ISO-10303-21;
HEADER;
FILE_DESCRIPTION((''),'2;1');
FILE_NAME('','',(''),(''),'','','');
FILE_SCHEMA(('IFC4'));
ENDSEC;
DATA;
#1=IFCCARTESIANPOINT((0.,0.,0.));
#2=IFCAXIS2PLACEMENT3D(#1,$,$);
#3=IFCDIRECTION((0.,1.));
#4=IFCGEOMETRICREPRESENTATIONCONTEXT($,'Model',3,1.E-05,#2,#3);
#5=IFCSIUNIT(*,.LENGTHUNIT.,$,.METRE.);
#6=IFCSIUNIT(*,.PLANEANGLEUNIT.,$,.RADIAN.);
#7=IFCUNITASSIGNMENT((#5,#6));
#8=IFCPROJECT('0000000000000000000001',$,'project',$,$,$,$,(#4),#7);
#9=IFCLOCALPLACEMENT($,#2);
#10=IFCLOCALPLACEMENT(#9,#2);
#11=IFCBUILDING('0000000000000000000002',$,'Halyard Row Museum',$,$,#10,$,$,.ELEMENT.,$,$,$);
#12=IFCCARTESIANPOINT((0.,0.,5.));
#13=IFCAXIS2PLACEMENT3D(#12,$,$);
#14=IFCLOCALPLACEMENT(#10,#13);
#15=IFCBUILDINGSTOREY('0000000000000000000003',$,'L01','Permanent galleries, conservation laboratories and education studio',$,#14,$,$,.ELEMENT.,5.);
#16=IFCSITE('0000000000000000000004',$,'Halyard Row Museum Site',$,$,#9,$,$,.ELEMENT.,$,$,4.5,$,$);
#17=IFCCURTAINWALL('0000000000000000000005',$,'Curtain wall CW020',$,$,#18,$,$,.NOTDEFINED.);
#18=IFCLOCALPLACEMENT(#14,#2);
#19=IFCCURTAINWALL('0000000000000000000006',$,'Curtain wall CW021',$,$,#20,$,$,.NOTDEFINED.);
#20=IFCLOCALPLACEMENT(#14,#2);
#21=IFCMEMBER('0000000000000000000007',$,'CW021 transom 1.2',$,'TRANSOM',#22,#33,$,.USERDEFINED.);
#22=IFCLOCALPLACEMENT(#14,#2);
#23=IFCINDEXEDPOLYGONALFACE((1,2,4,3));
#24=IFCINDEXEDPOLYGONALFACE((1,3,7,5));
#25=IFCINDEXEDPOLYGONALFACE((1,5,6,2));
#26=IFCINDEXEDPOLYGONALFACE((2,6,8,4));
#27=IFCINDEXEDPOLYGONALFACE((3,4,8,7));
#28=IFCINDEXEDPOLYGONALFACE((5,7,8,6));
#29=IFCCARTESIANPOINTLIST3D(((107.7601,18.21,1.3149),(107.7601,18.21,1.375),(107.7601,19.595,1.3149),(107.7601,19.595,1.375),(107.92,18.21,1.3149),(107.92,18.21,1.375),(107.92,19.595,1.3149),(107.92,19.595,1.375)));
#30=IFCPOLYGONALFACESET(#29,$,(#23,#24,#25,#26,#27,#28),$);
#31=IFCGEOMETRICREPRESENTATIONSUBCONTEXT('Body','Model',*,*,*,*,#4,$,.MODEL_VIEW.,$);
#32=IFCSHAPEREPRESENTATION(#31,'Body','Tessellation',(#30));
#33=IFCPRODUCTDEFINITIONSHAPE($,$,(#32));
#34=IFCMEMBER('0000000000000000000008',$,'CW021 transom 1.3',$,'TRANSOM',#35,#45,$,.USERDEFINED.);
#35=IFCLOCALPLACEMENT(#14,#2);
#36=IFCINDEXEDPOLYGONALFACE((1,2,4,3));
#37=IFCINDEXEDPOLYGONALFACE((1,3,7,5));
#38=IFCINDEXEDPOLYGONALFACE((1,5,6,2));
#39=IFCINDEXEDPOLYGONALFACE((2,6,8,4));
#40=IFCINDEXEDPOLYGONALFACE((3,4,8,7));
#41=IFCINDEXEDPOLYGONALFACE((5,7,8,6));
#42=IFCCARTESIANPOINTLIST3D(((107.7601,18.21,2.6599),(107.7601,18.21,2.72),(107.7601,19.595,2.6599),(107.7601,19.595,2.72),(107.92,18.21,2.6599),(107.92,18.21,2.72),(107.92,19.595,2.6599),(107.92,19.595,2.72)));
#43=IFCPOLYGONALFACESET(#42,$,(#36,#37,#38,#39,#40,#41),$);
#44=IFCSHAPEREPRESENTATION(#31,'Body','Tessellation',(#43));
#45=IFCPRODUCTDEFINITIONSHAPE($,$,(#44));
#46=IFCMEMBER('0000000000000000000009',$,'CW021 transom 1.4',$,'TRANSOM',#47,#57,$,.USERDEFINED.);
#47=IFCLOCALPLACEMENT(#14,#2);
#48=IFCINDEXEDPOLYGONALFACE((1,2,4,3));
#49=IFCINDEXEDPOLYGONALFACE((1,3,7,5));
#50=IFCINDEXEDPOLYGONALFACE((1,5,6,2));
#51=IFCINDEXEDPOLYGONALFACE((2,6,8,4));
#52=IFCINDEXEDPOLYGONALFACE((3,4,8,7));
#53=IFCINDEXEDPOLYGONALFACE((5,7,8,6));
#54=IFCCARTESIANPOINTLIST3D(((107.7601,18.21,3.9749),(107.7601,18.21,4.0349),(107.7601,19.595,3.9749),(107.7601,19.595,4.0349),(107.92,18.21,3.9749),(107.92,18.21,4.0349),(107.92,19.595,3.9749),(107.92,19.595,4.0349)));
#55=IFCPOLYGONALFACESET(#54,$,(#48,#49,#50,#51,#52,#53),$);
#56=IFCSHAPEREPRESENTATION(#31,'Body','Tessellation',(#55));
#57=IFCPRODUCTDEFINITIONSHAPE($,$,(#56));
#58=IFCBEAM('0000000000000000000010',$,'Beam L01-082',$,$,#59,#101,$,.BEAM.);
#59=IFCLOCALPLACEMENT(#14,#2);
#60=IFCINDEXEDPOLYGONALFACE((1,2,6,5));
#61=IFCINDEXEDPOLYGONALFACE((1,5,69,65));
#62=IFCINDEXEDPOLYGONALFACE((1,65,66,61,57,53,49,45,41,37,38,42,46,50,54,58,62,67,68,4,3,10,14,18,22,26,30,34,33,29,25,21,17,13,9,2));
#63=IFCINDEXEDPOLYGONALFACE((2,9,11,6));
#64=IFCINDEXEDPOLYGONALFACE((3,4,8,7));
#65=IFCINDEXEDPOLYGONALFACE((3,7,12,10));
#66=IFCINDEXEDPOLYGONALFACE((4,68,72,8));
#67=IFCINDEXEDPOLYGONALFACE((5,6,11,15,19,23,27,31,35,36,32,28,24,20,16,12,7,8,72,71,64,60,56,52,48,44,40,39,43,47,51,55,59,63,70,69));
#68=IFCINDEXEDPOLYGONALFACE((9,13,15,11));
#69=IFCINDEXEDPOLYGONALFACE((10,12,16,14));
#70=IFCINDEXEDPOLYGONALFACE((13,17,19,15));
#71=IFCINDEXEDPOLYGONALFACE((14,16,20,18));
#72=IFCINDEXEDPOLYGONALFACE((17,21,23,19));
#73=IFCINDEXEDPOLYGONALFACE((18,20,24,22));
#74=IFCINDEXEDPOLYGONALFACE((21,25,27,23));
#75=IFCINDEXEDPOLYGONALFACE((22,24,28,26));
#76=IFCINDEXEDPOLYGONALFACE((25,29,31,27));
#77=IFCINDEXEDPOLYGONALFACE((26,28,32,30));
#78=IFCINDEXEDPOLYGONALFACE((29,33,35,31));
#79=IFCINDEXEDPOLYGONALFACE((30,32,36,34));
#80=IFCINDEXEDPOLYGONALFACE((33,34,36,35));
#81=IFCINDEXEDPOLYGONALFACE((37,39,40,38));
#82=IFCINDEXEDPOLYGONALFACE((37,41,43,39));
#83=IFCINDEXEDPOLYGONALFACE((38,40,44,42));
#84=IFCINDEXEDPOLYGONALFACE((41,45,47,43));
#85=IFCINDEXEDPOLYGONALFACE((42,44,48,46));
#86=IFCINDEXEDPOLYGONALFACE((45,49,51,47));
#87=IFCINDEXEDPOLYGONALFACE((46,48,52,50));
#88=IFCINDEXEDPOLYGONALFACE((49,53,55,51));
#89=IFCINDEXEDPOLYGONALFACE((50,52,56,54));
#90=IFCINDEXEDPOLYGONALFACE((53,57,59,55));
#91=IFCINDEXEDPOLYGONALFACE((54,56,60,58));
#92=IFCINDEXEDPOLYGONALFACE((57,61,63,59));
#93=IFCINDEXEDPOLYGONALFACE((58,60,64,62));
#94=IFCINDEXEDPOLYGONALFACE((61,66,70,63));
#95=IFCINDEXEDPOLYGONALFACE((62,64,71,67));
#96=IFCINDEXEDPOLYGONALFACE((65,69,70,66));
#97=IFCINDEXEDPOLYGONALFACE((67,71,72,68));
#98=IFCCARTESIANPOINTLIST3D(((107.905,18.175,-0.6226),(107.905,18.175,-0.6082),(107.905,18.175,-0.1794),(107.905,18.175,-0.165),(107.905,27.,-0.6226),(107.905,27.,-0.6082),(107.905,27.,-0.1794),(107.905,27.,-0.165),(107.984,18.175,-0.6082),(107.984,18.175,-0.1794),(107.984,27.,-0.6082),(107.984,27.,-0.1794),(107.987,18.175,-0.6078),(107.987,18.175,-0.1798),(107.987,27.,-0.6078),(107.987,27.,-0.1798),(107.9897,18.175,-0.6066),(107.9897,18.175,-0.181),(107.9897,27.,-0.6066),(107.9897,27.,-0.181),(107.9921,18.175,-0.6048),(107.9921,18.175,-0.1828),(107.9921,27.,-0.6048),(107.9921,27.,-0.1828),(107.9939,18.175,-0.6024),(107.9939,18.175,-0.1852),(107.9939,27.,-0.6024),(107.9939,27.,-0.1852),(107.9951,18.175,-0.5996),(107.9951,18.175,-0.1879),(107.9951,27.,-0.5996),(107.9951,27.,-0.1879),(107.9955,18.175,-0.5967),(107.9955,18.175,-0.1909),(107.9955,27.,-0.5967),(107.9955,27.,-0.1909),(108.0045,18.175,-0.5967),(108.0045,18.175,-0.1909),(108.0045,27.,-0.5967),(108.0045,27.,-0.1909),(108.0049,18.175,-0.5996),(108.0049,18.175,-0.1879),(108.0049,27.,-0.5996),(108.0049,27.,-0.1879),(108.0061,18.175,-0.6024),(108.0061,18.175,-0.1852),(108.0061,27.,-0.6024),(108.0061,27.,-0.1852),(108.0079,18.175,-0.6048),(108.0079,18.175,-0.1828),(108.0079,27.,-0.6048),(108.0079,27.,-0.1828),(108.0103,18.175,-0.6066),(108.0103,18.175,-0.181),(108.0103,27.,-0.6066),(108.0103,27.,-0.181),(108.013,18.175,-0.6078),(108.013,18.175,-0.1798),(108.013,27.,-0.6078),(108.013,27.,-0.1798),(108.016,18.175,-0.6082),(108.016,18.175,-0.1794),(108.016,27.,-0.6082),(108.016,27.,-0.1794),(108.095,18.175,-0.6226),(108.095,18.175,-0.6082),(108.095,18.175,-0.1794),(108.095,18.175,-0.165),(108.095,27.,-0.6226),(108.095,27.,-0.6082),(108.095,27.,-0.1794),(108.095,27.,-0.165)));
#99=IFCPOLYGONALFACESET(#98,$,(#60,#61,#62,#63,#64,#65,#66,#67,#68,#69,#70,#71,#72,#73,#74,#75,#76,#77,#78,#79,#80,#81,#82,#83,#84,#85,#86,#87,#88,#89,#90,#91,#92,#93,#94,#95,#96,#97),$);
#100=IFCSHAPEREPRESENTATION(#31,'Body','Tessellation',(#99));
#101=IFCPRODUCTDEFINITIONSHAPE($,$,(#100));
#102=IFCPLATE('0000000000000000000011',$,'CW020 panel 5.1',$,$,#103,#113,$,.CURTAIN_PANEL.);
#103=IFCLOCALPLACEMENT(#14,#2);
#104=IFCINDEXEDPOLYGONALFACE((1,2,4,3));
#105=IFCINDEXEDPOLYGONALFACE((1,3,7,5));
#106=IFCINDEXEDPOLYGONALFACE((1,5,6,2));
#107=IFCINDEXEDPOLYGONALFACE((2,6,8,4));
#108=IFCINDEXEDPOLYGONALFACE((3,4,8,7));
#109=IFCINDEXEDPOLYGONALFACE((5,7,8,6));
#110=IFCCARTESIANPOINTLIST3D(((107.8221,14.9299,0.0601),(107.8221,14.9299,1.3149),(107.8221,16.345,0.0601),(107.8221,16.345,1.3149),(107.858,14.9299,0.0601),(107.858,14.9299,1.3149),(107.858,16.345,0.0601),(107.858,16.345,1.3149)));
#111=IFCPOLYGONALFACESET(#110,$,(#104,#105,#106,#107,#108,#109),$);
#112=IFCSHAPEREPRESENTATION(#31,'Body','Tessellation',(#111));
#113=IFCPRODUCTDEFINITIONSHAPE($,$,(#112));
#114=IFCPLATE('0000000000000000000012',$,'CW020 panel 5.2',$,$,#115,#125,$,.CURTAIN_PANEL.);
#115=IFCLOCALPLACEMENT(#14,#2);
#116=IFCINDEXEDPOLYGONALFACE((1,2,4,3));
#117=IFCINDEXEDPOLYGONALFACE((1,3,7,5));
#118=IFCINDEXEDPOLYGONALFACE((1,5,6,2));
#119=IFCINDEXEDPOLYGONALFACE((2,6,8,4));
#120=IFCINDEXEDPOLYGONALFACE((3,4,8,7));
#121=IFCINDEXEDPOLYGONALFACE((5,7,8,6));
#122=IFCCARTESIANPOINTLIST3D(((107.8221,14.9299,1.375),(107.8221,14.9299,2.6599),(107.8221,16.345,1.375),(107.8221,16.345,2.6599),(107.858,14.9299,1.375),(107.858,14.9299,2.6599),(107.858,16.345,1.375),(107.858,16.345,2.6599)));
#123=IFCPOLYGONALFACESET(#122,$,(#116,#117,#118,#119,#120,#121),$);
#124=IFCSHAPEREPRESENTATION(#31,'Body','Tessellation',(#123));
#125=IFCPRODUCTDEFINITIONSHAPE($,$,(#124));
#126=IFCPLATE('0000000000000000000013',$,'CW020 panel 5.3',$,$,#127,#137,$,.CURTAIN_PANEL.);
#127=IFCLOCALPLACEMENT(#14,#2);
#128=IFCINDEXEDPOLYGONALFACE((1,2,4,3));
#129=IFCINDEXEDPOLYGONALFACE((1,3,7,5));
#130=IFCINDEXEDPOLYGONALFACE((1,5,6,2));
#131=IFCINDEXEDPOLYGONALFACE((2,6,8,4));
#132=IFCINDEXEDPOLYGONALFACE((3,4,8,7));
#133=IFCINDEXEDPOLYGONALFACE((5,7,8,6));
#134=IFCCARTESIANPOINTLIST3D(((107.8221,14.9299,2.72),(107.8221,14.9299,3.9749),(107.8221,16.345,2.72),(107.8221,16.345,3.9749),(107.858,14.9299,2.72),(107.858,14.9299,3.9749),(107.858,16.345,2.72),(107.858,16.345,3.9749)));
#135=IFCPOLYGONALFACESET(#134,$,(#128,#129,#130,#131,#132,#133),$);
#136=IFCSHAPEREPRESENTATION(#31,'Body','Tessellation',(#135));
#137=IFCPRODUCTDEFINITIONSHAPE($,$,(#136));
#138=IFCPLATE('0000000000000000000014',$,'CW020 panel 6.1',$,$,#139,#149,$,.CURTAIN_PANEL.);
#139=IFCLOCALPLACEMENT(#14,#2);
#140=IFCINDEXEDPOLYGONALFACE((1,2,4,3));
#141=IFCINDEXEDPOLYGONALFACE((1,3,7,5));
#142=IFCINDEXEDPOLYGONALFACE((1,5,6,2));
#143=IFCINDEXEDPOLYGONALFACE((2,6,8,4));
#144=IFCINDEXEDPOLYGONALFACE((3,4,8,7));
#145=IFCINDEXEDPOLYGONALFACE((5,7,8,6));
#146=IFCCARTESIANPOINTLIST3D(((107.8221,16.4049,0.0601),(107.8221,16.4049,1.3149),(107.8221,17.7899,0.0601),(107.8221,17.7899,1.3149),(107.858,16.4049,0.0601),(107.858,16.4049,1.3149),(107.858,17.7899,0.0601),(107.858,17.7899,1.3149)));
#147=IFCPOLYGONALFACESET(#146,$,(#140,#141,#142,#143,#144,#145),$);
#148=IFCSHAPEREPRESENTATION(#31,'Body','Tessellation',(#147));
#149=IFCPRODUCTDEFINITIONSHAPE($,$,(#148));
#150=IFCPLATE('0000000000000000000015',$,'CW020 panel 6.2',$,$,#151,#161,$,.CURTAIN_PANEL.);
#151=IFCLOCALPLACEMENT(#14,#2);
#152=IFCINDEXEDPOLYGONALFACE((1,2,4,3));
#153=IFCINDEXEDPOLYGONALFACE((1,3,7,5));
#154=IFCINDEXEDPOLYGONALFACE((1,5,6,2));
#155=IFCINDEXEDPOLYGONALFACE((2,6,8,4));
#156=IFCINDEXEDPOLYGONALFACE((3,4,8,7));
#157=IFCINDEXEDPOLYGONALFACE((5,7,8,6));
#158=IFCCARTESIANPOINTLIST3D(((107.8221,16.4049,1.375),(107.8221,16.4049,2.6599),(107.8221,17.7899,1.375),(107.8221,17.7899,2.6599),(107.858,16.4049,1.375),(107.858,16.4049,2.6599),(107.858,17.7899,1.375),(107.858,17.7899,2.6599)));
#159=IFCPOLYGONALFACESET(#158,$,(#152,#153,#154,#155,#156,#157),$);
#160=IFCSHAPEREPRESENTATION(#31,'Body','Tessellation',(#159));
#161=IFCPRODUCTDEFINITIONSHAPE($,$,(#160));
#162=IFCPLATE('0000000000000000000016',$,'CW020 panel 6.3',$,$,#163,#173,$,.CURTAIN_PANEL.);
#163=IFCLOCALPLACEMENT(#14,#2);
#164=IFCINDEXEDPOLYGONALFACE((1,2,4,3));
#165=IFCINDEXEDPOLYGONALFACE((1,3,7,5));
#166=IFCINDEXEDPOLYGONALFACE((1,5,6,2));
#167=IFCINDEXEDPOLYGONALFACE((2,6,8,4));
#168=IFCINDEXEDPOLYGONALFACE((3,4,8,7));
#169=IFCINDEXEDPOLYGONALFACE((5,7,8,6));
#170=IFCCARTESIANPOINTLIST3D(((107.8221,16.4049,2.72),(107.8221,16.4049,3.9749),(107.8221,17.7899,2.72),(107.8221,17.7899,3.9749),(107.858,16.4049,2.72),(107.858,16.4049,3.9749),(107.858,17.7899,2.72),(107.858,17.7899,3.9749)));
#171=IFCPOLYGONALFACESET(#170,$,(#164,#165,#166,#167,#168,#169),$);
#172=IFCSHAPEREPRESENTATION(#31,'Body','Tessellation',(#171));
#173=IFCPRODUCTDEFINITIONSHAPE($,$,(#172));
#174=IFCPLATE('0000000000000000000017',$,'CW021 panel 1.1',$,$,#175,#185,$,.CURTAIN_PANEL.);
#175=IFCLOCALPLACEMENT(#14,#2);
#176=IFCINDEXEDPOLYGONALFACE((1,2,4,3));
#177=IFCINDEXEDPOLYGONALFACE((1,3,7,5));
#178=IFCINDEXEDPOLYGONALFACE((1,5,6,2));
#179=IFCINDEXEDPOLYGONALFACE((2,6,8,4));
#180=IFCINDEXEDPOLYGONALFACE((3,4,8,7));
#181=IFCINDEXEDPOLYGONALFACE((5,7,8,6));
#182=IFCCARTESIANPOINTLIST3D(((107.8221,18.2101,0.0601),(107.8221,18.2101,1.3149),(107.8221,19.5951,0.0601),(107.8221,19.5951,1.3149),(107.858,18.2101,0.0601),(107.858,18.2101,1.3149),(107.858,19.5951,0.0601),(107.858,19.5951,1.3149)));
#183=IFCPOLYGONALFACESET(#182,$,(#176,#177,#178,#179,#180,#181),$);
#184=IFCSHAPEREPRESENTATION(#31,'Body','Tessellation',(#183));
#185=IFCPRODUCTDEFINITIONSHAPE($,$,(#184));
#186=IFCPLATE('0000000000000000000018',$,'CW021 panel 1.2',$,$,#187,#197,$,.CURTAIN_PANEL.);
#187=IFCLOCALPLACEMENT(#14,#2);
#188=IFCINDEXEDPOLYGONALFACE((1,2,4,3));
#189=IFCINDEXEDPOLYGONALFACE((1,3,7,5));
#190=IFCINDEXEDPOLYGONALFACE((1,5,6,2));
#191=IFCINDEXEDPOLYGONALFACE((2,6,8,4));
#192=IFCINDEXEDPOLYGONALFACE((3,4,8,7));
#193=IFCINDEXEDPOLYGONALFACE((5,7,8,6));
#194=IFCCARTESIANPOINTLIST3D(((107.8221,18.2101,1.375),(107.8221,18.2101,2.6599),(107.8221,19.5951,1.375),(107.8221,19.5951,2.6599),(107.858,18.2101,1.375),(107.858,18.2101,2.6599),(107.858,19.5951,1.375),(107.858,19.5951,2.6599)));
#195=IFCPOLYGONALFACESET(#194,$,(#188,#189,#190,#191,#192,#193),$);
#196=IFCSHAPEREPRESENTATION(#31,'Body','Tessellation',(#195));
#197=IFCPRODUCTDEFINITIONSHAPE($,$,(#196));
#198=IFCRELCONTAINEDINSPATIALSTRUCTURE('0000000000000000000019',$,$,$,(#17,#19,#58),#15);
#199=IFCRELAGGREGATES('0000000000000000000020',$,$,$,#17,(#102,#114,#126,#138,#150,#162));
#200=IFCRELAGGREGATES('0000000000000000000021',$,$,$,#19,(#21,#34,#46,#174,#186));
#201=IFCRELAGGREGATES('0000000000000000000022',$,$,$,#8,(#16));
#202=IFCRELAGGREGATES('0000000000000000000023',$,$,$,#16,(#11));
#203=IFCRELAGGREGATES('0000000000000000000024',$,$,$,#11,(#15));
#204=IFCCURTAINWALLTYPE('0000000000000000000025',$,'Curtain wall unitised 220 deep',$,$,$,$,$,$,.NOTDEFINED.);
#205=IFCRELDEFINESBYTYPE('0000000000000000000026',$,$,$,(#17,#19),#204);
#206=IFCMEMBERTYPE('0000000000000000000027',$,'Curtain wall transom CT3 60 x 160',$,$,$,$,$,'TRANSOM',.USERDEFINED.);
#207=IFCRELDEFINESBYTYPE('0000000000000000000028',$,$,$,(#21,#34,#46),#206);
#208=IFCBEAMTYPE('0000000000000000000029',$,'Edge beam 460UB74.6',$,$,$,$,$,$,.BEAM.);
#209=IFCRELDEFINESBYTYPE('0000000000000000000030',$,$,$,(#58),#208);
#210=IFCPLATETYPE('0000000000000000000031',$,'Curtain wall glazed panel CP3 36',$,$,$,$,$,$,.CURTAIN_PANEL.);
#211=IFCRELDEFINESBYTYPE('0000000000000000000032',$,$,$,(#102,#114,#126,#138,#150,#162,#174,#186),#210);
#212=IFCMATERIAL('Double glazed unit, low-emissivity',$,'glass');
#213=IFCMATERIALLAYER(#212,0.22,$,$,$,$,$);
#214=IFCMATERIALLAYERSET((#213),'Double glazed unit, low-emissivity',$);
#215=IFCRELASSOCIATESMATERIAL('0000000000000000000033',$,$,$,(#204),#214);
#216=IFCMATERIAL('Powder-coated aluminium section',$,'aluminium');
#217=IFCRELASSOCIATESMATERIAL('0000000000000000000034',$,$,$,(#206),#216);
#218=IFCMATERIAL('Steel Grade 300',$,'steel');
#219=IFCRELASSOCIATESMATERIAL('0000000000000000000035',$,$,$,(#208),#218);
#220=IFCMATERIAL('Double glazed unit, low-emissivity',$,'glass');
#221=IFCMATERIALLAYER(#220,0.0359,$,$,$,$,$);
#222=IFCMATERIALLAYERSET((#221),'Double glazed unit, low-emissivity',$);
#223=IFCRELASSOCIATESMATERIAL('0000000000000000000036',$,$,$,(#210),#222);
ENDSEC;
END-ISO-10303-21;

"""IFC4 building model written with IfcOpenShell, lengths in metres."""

from ifc_helpers import new_model, si_unit, direction, frame, origin, origin_2d, place, context, subcontext, project, spatial, rectangle, i_section, extrude, material, layer, layer_set, material_profile, profile_set, type_object, element, aggregate, save


model = new_model("IFC4")

# Units and contexts
model_context = context("Model", 3, precision=1e-05, world=origin(), true_north=direction((0.0, 1.0)))
body_context = subcontext(model_context, "Body", "Model", "MODEL_VIEW")
ifc_project = project(units=[si_unit("LENGTHUNIT", "METRE"), si_unit("PLANEANGLEUNIT", "RADIAN")], contexts=[model_context])

# Site, building, storey
site_placement = place(None, origin())
site = spatial("IfcSite", under=ifc_project, at=site_placement, Name="Halyard Row Museum Site", CompositionType="ELEMENT", RefElevation=4.5)
building_placement = place(site_placement, origin())
building = spatial("IfcBuilding", under=site, at=building_placement, Name="Halyard Row Museum", CompositionType="ELEMENT")
storey_placement = place(building_placement, frame((0.0, 0.0, 5.0)))
storey = spatial("IfcBuildingStorey", under=building, at=storey_placement, Name="L01", Description="Permanent galleries, conservation laboratories and education studio", CompositionType="ELEMENT", Elevation=5.0)

# Curtain wall
ifc_material_1 = material(Name="Double glazed unit, low-emissivity", Category="glass")
ifc_layer_1 = layer(ifc_material_1, 0.22)
ifc_layer_set_1 = layer_set([ifc_layer_1], Name="Double glazed unit, low-emissivity")
curtain_wall_type = type_object("IfcCurtainWallType", Name="Curtain wall unitised 220 deep", PredefinedType="NOTDEFINED", material=ifc_layer_set_1)
curtain_wall_1_placement = place(storey_placement, origin())
curtain_wall_1 = element("IfcCurtainWall", 1, at=curtain_wall_1_placement, inside=storey, type_object=curtain_wall_type, Name="Curtain wall CW020", PredefinedType="NOTDEFINED")

# Curtain wall
curtain_wall_2_placement = place(storey_placement, origin())
curtain_wall_2 = element("IfcCurtainWall", 2, at=curtain_wall_2_placement, inside=storey, type_object=curtain_wall_type, Name="Curtain wall CW021", PredefinedType="NOTDEFINED")

# Members
ifc_material_2 = material(Name="Powder-coated aluminium section", Category="aluminium")
ifc_material_profile_1 = material_profile(ifc_material_2, rectangle(XDim=0.1599, YDim=0.0601, at=origin_2d()), Name="160x60 transom")
ifc_profile_set_1 = profile_set([ifc_material_profile_1], Name="Powder-coated aluminium section")
member_type_1 = type_object("IfcMemberType", Name="Curtain wall transom CT3 60 x 160", ElementType="TRANSOM", PredefinedType="USERDEFINED", material=ifc_profile_set_1)
member_1_placement = place(storey_placement, frame((107.8401, 18.21, 1.345), z_axis=(0.0, 1.0, 0.0), x_axis=(-1.0, 0.0, 0.0)))
member_1 = element("IfcMember", 3, at=member_1_placement, type_object=member_type_1, Name="CW021 transom 1.2", ObjectType="TRANSOM", PredefinedType="USERDEFINED", context=body_context, shape_type="SweptSolid", body=[
    extrude(rectangle(XDim=0.1599, YDim=0.0601, at=origin_2d()), origin(), (0.0, 0.0, 1.0), 1.385),
])
member_2_placement = place(storey_placement, frame((107.8401, 18.21, 2.6899), z_axis=(0.0, 1.0, 0.0), x_axis=(-1.0, 0.0, 0.0)))
member_2 = element("IfcMember", 4, at=member_2_placement, type_object=member_type_1, Name="CW021 transom 1.3", ObjectType="TRANSOM", PredefinedType="USERDEFINED", context=body_context, shape_type="SweptSolid", body=[
    extrude(rectangle(XDim=0.1599, YDim=0.0601, at=origin_2d()), origin(), (0.0, 0.0, 1.0), 1.385),
])
member_3_placement = place(storey_placement, frame((107.8401, 18.21, 4.0049), z_axis=(0.0, 1.0, 0.0), x_axis=(-1.0, 0.0, 0.0)))
member_3 = element("IfcMember", 5, at=member_3_placement, type_object=member_type_1, Name="CW021 transom 1.4", ObjectType="TRANSOM", PredefinedType="USERDEFINED", context=body_context, shape_type="SweptSolid", body=[
    extrude(rectangle(XDim=0.1599, YDim=0.0601, at=origin_2d()), origin(), (0.0, 0.0, 1.0), 1.385),
])

# Beam
ifc_material_3 = material(Name="Steel Grade 300", Category="steel")
ifc_material_profile_2 = material_profile(ifc_material_3, i_section(OverallWidth=0.1899, OverallDepth=0.4575, WebThickness=0.009, FlangeThickness=0.0144, FilletRadius=0.0115, at=origin_2d()), Name="460UB74.6")
ifc_profile_set_2 = profile_set([ifc_material_profile_2], Name="Steel Grade 300")
beam_type = type_object("IfcBeamType", Name="Edge beam 460UB74.6", PredefinedType="BEAM", material=ifc_profile_set_2)
beam_placement = place(storey_placement, frame((108.0, 18.175, -0.3938), z_axis=(0.0, 1.0, 0.0), x_axis=(-1.0, 0.0, 0.0)))
element("IfcBeam", 6, at=beam_placement, inside=storey, type_object=beam_type, Name="Beam L01-082", PredefinedType="BEAM", context=body_context, shape_type="SweptSolid", body=[
    extrude(i_section(OverallWidth=0.1899, OverallDepth=0.4575, WebThickness=0.009, FlangeThickness=0.0144, FilletRadius=0.0115, at=origin_2d()), origin(), (0.0, 0.0, 1.0), 8.825),
])

# Plates
ifc_material_4 = material(Name="Double glazed unit, low-emissivity", Category="glass")
ifc_layer_2 = layer(ifc_material_4, 0.0359)
ifc_layer_set_2 = layer_set([ifc_layer_2], Name="Double glazed unit, low-emissivity")
plate_type = type_object("IfcPlateType", Name="Curtain wall glazed panel CP3 36", PredefinedType="CURTAIN_PANEL", material=ifc_layer_set_2)
plate_1_placement = place(storey_placement, frame((107.8401, 15.6375, 0.0601), z_axis=(0.0, 0.0, 1.0), x_axis=(0.0, 1.0, 0.0)))
plate_1 = element("IfcPlate", 7, at=plate_1_placement, type_object=plate_type, Name="CW020 panel 5.1", PredefinedType="CURTAIN_PANEL", context=body_context, shape_type="SweptSolid", body=[
    extrude(rectangle(XDim=1.415, YDim=0.0359, at=origin_2d()), origin(), (0.0, 0.0, 1.0), 1.2549),
])
plate_2_placement = place(storey_placement, frame((107.8401, 15.6375, 1.375), z_axis=(0.0, 0.0, 1.0), x_axis=(0.0, 1.0, 0.0)))
plate_2 = element("IfcPlate", 8, at=plate_2_placement, type_object=plate_type, Name="CW020 panel 5.2", PredefinedType="CURTAIN_PANEL", context=body_context, shape_type="SweptSolid", body=[
    extrude(rectangle(XDim=1.415, YDim=0.0359, at=origin_2d()), origin(), (0.0, 0.0, 1.0), 1.2849),
])
plate_3_placement = place(storey_placement, frame((107.8401, 15.6375, 2.72), z_axis=(0.0, 0.0, 1.0), x_axis=(0.0, 1.0, 0.0)))
plate_3 = element("IfcPlate", 9, at=plate_3_placement, type_object=plate_type, Name="CW020 panel 5.3", PredefinedType="CURTAIN_PANEL", context=body_context, shape_type="SweptSolid", body=[
    extrude(rectangle(XDim=1.415, YDim=0.0359, at=origin_2d()), origin(), (0.0, 0.0, 1.0), 1.2549),
])
plate_4_placement = place(storey_placement, frame((107.8401, 17.0974, 0.0601), z_axis=(0.0, 0.0, 1.0), x_axis=(0.0, 1.0, 0.0)))
plate_4 = element("IfcPlate", 10, at=plate_4_placement, type_object=plate_type, Name="CW020 panel 6.1", PredefinedType="CURTAIN_PANEL", context=body_context, shape_type="SweptSolid", body=[
    extrude(rectangle(XDim=1.385, YDim=0.0359, at=origin_2d()), origin(), (0.0, 0.0, 1.0), 1.2549),
])
plate_5_placement = place(storey_placement, frame((107.8401, 17.0974, 1.375), z_axis=(0.0, 0.0, 1.0), x_axis=(0.0, 1.0, 0.0)))
plate_5 = element("IfcPlate", 11, at=plate_5_placement, type_object=plate_type, Name="CW020 panel 6.2", PredefinedType="CURTAIN_PANEL", context=body_context, shape_type="SweptSolid", body=[
    extrude(rectangle(XDim=1.385, YDim=0.0359, at=origin_2d()), origin(), (0.0, 0.0, 1.0), 1.2849),
])
plate_6_placement = place(storey_placement, frame((107.8401, 17.0974, 2.72), z_axis=(0.0, 0.0, 1.0), x_axis=(0.0, 1.0, 0.0)))
plate_6 = element("IfcPlate", 12, at=plate_6_placement, type_object=plate_type, Name="CW020 panel 6.3", PredefinedType="CURTAIN_PANEL", context=body_context, shape_type="SweptSolid", body=[
    extrude(rectangle(XDim=1.385, YDim=0.0359, at=origin_2d()), origin(), (0.0, 0.0, 1.0), 1.2549),
])
aggregate(curtain_wall_1, [plate_1, plate_2, plate_3, plate_4, plate_5, plate_6])
plate_7_placement = place(storey_placement, frame((107.8401, 18.9026, 0.0601), z_axis=(0.0, 0.0, 1.0), x_axis=(0.0, 1.0, 0.0)))
plate_7 = element("IfcPlate", 13, at=plate_7_placement, type_object=plate_type, Name="CW021 panel 1.1", PredefinedType="CURTAIN_PANEL", context=body_context, shape_type="SweptSolid", body=[
    extrude(rectangle(XDim=1.385, YDim=0.0359, at=origin_2d()), origin(), (0.0, 0.0, 1.0), 1.2549),
])
plate_8_placement = place(storey_placement, frame((107.8401, 18.9026, 1.375), z_axis=(0.0, 0.0, 1.0), x_axis=(0.0, 1.0, 0.0)))
plate_8 = element("IfcPlate", 14, at=plate_8_placement, type_object=plate_type, Name="CW021 panel 1.2", PredefinedType="CURTAIN_PANEL", context=body_context, shape_type="SweptSolid", body=[
    extrude(rectangle(XDim=1.385, YDim=0.0359, at=origin_2d()), origin(), (0.0, 0.0, 1.0), 1.2849),
])
aggregate(curtain_wall_2, [member_1, member_2, member_3, plate_7, plate_8])

save(model, "model.ifc")
